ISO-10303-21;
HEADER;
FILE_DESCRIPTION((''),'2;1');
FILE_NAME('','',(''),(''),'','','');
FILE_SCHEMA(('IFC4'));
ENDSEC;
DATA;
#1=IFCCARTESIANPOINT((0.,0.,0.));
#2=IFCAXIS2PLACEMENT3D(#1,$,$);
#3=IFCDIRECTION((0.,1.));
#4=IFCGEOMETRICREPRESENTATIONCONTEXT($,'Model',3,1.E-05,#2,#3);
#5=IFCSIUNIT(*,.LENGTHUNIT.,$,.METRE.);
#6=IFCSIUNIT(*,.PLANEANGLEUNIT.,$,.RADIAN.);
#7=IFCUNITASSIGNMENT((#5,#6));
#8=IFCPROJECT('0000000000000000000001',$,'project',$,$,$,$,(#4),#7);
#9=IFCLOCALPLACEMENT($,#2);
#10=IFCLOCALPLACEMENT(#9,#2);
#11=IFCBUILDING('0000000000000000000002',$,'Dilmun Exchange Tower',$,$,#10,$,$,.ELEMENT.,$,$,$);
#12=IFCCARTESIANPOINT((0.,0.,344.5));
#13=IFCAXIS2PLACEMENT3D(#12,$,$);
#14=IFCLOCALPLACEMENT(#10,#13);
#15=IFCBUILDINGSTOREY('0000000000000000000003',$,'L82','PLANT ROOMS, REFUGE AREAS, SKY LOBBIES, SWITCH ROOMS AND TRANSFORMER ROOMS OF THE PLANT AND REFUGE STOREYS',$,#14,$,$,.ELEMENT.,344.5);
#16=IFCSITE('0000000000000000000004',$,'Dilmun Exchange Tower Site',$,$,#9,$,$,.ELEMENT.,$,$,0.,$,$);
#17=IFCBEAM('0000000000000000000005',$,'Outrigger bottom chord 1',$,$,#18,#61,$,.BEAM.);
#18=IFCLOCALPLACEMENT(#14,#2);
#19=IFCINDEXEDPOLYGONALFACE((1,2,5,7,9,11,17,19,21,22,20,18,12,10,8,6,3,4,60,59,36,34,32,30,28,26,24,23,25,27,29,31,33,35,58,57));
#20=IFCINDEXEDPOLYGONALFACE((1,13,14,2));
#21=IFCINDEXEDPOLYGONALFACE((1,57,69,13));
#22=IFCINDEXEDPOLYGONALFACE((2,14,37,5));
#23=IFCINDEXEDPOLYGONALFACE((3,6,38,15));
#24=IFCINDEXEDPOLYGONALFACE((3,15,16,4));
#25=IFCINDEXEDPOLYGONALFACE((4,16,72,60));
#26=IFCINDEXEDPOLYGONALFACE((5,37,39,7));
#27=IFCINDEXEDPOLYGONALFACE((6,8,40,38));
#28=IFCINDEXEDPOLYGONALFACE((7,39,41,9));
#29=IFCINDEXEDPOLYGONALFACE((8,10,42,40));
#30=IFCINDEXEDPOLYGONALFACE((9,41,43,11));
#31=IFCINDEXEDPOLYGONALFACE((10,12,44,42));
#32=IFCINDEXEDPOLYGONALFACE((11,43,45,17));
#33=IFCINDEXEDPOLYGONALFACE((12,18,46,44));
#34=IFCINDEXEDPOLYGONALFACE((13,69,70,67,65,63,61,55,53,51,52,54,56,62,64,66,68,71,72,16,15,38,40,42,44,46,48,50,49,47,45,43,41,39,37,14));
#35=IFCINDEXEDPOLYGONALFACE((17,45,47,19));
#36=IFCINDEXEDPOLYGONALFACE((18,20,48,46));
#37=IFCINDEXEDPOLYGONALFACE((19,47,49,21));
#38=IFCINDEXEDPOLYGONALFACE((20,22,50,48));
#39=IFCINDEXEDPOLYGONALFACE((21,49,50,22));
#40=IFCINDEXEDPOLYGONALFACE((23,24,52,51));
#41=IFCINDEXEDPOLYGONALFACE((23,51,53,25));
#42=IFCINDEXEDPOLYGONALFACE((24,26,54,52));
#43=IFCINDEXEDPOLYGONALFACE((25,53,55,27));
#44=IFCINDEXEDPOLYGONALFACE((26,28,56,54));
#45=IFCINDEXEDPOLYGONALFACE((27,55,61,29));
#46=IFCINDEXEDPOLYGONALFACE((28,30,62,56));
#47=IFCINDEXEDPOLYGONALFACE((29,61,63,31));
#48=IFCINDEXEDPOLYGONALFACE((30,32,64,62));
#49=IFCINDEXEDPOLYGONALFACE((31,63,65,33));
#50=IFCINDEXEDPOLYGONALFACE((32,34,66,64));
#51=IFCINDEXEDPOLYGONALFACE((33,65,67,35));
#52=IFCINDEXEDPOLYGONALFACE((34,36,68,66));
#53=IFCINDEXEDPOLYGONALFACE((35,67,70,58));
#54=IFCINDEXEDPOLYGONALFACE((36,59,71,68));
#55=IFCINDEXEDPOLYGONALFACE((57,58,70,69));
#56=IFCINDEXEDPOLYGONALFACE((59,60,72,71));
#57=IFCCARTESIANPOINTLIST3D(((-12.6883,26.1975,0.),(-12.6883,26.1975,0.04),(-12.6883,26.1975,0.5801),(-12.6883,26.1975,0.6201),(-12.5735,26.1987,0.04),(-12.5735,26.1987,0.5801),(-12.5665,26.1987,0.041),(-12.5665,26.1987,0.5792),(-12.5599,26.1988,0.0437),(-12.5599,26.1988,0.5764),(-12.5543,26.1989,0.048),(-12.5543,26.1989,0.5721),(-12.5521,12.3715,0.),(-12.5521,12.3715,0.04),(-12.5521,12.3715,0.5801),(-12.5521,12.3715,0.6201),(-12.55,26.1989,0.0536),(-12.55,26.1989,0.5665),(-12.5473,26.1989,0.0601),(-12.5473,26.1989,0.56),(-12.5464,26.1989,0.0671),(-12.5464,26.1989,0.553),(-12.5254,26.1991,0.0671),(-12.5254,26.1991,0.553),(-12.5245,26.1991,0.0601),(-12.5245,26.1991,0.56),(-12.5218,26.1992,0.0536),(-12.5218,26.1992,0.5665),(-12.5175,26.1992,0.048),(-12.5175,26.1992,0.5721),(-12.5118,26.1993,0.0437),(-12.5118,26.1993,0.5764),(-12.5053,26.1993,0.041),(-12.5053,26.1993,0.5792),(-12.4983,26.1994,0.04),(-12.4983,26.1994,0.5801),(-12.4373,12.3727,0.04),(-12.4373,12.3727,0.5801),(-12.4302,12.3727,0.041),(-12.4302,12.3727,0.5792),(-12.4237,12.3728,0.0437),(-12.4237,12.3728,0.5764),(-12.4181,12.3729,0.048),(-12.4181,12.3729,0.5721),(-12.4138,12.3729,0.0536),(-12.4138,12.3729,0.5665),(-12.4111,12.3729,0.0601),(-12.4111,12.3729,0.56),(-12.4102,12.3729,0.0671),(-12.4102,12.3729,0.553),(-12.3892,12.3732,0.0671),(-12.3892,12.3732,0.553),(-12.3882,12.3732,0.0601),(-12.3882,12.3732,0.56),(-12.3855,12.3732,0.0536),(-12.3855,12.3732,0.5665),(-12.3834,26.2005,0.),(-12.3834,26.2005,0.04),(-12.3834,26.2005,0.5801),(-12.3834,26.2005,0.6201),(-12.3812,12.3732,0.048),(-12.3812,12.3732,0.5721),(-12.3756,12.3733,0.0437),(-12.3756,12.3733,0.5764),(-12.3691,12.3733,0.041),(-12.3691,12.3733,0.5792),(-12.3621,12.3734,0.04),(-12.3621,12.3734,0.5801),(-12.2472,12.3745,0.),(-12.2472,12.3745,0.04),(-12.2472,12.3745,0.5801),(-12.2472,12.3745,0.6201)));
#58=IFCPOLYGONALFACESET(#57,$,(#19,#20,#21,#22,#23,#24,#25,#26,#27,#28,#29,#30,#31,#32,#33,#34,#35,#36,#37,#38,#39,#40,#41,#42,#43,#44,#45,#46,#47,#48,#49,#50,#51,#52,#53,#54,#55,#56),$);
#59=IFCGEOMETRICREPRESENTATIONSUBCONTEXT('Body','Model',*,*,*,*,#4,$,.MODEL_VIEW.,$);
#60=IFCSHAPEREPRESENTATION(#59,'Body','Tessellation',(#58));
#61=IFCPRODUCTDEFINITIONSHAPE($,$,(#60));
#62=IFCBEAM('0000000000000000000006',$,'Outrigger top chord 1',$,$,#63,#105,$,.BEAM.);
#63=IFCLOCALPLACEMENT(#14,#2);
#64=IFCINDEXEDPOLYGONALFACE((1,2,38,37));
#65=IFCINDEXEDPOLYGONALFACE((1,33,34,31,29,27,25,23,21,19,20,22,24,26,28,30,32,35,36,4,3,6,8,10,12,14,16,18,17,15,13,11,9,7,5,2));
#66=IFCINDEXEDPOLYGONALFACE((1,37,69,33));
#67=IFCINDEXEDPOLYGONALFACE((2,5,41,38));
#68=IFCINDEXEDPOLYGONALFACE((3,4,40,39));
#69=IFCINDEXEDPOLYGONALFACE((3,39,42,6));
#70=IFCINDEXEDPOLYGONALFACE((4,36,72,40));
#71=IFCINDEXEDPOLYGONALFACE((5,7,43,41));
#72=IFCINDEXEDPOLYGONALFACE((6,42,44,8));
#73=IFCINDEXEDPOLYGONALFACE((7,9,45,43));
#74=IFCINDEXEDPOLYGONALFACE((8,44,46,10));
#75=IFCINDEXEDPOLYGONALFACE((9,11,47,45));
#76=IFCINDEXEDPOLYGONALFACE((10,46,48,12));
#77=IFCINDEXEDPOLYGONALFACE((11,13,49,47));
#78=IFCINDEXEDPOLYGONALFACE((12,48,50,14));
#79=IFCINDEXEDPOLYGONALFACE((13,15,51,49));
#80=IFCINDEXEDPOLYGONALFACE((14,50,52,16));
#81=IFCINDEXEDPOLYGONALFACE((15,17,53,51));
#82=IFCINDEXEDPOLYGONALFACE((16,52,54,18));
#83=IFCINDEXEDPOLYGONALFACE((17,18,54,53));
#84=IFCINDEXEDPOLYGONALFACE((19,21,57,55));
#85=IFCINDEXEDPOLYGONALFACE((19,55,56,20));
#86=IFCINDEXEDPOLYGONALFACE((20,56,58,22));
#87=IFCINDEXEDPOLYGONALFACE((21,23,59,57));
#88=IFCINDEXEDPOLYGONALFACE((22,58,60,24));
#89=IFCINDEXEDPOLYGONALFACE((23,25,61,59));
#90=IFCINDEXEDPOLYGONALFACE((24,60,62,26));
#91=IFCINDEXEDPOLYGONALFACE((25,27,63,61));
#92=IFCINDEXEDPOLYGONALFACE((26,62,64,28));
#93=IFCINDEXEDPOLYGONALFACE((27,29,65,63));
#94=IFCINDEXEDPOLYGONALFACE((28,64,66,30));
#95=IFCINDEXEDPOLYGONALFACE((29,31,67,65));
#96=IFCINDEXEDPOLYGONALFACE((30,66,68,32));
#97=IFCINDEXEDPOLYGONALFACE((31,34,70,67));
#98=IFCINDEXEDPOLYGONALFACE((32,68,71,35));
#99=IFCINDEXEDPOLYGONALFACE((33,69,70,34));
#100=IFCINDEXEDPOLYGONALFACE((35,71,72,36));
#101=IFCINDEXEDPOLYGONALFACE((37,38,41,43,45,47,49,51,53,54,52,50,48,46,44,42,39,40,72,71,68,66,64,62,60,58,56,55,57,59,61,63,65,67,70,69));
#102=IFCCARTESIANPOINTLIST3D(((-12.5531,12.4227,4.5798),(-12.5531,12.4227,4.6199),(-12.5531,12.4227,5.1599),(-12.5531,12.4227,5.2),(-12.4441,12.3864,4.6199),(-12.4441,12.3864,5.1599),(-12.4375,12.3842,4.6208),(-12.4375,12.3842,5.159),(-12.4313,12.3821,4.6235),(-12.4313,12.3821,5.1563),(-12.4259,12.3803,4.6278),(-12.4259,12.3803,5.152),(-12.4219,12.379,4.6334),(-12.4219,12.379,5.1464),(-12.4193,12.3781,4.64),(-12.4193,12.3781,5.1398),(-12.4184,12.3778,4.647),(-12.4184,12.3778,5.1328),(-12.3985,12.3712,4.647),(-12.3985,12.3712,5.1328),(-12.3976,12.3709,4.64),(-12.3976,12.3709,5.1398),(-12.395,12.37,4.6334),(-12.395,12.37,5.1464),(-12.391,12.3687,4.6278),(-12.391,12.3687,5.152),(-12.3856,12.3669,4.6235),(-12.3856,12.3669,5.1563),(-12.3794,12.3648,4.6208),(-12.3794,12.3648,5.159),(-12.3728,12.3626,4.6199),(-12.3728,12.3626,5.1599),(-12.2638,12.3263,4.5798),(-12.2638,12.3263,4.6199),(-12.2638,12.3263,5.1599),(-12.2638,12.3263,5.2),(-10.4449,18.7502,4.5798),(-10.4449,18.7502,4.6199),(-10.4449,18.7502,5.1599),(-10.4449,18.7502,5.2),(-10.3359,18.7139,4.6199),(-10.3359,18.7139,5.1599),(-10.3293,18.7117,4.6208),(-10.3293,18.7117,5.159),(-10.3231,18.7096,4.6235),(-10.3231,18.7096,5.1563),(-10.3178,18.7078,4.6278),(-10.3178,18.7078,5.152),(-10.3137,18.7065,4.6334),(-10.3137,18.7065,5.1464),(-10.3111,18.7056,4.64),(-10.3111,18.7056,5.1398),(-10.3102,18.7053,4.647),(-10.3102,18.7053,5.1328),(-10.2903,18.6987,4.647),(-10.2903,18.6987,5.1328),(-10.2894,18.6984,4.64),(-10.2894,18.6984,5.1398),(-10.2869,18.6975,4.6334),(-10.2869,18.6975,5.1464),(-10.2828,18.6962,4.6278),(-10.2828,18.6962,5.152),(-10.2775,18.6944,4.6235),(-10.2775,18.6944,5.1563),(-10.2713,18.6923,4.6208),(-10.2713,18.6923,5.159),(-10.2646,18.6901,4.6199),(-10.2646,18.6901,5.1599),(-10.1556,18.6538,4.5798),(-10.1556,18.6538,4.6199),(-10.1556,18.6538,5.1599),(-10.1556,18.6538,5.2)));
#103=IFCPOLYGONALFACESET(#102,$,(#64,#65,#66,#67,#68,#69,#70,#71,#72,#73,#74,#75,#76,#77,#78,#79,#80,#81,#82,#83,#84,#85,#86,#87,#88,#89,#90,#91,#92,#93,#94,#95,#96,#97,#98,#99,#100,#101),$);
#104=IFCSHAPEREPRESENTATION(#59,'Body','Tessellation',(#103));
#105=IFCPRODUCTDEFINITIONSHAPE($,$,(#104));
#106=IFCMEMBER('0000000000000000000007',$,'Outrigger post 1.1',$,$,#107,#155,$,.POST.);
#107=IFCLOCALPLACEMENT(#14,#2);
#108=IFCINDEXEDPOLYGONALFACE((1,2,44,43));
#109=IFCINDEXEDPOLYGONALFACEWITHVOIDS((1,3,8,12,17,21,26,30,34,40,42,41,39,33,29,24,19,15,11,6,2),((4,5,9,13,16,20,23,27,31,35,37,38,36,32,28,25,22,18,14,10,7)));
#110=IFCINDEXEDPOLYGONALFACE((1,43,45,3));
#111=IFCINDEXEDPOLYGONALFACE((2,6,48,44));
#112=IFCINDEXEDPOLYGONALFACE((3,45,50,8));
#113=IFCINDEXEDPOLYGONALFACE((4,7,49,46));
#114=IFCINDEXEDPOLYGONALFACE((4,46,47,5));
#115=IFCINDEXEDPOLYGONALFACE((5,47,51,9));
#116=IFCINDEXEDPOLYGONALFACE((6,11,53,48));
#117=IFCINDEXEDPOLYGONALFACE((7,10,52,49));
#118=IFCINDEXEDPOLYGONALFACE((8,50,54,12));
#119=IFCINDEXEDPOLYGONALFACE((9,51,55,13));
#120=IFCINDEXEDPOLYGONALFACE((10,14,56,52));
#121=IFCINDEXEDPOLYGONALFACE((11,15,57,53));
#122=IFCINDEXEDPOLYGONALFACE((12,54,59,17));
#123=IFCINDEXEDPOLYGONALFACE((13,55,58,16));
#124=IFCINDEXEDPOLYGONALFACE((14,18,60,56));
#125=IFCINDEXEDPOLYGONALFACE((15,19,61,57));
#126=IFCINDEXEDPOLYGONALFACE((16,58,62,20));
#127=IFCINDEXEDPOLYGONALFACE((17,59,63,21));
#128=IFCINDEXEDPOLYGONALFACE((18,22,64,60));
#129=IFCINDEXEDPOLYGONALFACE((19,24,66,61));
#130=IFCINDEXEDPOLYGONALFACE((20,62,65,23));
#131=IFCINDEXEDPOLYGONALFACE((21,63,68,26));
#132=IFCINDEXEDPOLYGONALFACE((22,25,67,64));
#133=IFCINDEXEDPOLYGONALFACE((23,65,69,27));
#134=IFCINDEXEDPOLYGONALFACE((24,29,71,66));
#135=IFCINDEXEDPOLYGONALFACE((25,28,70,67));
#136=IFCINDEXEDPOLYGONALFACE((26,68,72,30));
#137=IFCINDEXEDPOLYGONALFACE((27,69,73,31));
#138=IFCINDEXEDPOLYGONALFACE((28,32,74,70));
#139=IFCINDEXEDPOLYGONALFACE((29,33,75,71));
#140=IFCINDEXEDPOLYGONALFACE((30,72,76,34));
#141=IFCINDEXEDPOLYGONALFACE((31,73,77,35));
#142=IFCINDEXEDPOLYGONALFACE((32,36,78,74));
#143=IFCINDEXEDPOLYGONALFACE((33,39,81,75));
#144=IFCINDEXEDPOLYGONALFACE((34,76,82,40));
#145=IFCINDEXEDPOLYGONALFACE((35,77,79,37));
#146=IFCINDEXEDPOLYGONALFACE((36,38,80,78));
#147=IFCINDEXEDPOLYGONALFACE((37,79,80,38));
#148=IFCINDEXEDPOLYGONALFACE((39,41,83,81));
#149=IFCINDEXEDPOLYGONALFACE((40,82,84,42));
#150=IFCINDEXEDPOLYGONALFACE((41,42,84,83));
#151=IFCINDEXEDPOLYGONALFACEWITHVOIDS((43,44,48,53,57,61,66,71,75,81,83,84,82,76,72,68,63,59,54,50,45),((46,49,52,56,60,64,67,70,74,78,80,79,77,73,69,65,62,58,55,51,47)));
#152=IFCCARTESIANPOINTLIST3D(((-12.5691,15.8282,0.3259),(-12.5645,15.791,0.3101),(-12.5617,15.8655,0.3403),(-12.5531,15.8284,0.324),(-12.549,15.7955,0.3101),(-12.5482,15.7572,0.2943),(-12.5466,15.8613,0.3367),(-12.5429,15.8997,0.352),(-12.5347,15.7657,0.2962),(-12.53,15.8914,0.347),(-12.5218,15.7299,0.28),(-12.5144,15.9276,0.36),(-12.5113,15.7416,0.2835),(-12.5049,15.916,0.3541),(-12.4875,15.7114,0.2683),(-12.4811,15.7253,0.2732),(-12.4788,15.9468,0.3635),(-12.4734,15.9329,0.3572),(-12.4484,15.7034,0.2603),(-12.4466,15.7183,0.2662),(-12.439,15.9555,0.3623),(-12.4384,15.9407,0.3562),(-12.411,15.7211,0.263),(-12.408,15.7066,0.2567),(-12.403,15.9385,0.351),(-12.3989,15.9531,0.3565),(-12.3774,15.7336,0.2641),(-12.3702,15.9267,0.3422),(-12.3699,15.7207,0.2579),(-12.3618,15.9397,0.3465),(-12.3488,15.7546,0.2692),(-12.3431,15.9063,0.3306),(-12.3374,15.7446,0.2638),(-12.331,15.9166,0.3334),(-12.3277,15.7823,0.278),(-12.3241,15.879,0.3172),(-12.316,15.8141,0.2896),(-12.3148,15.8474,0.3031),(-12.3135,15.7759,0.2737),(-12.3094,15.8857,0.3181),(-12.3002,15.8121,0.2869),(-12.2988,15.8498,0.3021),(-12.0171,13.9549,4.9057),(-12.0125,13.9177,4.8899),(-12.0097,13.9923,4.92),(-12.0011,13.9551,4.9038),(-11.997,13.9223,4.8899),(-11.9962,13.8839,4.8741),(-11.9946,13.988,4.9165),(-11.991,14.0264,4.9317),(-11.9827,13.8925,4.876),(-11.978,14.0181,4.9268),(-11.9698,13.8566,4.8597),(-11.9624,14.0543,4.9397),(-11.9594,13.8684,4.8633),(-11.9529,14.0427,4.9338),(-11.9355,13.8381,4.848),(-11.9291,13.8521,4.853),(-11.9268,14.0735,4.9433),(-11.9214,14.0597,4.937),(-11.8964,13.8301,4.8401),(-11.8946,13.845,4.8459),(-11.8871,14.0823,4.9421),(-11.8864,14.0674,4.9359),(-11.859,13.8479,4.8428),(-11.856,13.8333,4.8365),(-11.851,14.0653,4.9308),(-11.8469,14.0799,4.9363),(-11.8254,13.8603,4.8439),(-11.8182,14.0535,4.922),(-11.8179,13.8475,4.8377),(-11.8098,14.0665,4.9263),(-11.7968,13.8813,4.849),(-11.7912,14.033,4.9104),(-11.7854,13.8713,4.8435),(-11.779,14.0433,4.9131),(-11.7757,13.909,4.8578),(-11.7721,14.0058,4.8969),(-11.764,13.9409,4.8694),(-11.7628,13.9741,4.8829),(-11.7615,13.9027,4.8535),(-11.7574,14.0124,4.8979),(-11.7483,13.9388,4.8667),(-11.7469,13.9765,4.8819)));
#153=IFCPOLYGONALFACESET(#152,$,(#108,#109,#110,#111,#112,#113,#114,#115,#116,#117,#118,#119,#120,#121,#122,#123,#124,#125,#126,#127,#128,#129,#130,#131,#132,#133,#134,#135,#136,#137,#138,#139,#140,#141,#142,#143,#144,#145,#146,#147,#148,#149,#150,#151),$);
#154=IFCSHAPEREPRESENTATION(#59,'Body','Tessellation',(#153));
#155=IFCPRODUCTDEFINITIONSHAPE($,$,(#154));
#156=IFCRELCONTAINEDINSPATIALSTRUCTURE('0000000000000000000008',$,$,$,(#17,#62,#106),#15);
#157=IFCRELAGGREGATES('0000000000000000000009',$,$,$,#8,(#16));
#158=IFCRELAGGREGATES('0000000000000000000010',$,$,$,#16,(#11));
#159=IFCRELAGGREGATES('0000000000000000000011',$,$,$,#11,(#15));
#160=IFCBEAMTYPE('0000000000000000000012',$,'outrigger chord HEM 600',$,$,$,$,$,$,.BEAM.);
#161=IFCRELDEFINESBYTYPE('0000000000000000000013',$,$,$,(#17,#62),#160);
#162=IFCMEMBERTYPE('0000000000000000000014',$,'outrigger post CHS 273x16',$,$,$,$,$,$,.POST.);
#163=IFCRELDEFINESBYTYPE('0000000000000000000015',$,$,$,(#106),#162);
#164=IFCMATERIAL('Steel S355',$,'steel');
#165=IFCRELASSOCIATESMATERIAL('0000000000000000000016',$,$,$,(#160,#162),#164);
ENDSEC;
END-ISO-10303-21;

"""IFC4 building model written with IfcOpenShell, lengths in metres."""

from ifc_helpers import new_model, si_unit, direction, frame, origin, origin_2d, place, context, subcontext, project, spatial, hollow_circle, i_section, extrude, material, material_profile, profile_set, type_object, element, save


model = new_model("IFC4")

# Units and contexts
model_context = context("Model", 3, precision=1e-05, world=origin(), true_north=direction((0.0, 1.0)))
body_context = subcontext(model_context, "Body", "Model", "MODEL_VIEW")
ifc_project = project(units=[si_unit("LENGTHUNIT", "METRE"), si_unit("PLANEANGLEUNIT", "RADIAN")], contexts=[model_context])

# Site, building, storey
site_placement = place(None, origin())
site = spatial("IfcSite", under=ifc_project, at=site_placement, Name="Dilmun Exchange Tower Site", CompositionType="ELEMENT", RefElevation=0.0)
building_placement = place(site_placement, origin())
building = spatial("IfcBuilding", under=site, at=building_placement, Name="Dilmun Exchange Tower", CompositionType="ELEMENT")
storey_placement = place(building_placement, frame((0.0, 0.0, 344.5)))
storey = spatial("IfcBuildingStorey", under=building, at=storey_placement, Name="L82", Description="PLANT ROOMS, REFUGE AREAS, SKY LOBBIES, SWITCH ROOMS AND TRANSFORMER ROOMS OF THE PLANT AND REFUGE STOREYS", CompositionType="ELEMENT", Elevation=344.5)

# Beams
ifc_material_1 = material(Name="Steel S355", Category="steel")
ifc_material_profile_1 = material_profile(ifc_material_1, i_section(OverallWidth=0.3049, OverallDepth=0.6201, WebThickness=0.021, FlangeThickness=0.04, FilletRadius=0.0271, at=origin_2d()), Name="HEM 600")
ifc_profile_set_1 = profile_set([ifc_material_profile_1], Name="Steel S355")
beam_type_1 = type_object("IfcBeamType", Name="outrigger chord HEM 600", PredefinedType="BEAM", material=ifc_profile_set_1)
beam_1_placement = place(storey_placement, frame((-12.3997, 12.373, 0.3101), z_axis=(-0.009853, 0.999951, 0.0), x_axis=(-0.999951, -0.009853, 0.0)))
element("IfcBeam", 1, at=beam_1_placement, inside=storey, type_object=beam_type_1, Name="Outrigger bottom chord 1", PredefinedType="BEAM", context=body_context, shape_type="SweptSolid", body=[
    extrude(i_section(OverallWidth=0.3049, OverallDepth=0.6201, WebThickness=0.021, FlangeThickness=0.04, FilletRadius=0.0271, at=origin_2d()), origin(), (0.0, 0.0, 1.0), 13.8267),
])
beam_2_placement = place(storey_placement, frame((-12.4084, 12.3745, 4.8899), z_axis=(0.316096, 0.948727, 0.0), x_axis=(-0.948727, 0.316096, 0.0)))
element("IfcBeam", 2, at=beam_2_placement, inside=storey, type_object=beam_type_1, Name="Outrigger top chord 1", PredefinedType="BEAM", context=body_context, shape_type="SweptSolid", body=[
    extrude(i_section(OverallWidth=0.3049, OverallDepth=0.6201, WebThickness=0.021, FlangeThickness=0.04, FilletRadius=0.0271, at=origin_2d()), origin(), (0.0, 0.0, 1.0), 6.6694),
])

# Member
ifc_material_profile_2 = material_profile(ifc_material_1, hollow_circle(Radius=0.1365, WallThickness=0.0161, at=origin_2d()), Name="CHS 273x16")
ifc_profile_set_2 = profile_set([ifc_material_profile_2], Name="Steel S355")
member_type_1 = type_object("IfcMemberType", Name="outrigger post CHS 273x16", PredefinedType="POST", material=ifc_profile_set_2)
member_1_placement = place(storey_placement, frame((-11.8816, 13.9563, 4.8899), z_axis=(-0.11087, 0.376251, -0.91986), x_axis=(-0.959222, -0.282654, 0.0)))
element("IfcMember", 3, at=member_1_placement, inside=storey, type_object=member_type_1, Name="Outrigger post 1.1", PredefinedType="POST", context=body_context, shape_type="SweptSolid", body=[
    extrude(hollow_circle(Radius=0.1365, WallThickness=0.0161, at=origin_2d()), origin(), (0.0, 0.0, 1.0), 4.9788),
])

save(model, "model.ifc")
